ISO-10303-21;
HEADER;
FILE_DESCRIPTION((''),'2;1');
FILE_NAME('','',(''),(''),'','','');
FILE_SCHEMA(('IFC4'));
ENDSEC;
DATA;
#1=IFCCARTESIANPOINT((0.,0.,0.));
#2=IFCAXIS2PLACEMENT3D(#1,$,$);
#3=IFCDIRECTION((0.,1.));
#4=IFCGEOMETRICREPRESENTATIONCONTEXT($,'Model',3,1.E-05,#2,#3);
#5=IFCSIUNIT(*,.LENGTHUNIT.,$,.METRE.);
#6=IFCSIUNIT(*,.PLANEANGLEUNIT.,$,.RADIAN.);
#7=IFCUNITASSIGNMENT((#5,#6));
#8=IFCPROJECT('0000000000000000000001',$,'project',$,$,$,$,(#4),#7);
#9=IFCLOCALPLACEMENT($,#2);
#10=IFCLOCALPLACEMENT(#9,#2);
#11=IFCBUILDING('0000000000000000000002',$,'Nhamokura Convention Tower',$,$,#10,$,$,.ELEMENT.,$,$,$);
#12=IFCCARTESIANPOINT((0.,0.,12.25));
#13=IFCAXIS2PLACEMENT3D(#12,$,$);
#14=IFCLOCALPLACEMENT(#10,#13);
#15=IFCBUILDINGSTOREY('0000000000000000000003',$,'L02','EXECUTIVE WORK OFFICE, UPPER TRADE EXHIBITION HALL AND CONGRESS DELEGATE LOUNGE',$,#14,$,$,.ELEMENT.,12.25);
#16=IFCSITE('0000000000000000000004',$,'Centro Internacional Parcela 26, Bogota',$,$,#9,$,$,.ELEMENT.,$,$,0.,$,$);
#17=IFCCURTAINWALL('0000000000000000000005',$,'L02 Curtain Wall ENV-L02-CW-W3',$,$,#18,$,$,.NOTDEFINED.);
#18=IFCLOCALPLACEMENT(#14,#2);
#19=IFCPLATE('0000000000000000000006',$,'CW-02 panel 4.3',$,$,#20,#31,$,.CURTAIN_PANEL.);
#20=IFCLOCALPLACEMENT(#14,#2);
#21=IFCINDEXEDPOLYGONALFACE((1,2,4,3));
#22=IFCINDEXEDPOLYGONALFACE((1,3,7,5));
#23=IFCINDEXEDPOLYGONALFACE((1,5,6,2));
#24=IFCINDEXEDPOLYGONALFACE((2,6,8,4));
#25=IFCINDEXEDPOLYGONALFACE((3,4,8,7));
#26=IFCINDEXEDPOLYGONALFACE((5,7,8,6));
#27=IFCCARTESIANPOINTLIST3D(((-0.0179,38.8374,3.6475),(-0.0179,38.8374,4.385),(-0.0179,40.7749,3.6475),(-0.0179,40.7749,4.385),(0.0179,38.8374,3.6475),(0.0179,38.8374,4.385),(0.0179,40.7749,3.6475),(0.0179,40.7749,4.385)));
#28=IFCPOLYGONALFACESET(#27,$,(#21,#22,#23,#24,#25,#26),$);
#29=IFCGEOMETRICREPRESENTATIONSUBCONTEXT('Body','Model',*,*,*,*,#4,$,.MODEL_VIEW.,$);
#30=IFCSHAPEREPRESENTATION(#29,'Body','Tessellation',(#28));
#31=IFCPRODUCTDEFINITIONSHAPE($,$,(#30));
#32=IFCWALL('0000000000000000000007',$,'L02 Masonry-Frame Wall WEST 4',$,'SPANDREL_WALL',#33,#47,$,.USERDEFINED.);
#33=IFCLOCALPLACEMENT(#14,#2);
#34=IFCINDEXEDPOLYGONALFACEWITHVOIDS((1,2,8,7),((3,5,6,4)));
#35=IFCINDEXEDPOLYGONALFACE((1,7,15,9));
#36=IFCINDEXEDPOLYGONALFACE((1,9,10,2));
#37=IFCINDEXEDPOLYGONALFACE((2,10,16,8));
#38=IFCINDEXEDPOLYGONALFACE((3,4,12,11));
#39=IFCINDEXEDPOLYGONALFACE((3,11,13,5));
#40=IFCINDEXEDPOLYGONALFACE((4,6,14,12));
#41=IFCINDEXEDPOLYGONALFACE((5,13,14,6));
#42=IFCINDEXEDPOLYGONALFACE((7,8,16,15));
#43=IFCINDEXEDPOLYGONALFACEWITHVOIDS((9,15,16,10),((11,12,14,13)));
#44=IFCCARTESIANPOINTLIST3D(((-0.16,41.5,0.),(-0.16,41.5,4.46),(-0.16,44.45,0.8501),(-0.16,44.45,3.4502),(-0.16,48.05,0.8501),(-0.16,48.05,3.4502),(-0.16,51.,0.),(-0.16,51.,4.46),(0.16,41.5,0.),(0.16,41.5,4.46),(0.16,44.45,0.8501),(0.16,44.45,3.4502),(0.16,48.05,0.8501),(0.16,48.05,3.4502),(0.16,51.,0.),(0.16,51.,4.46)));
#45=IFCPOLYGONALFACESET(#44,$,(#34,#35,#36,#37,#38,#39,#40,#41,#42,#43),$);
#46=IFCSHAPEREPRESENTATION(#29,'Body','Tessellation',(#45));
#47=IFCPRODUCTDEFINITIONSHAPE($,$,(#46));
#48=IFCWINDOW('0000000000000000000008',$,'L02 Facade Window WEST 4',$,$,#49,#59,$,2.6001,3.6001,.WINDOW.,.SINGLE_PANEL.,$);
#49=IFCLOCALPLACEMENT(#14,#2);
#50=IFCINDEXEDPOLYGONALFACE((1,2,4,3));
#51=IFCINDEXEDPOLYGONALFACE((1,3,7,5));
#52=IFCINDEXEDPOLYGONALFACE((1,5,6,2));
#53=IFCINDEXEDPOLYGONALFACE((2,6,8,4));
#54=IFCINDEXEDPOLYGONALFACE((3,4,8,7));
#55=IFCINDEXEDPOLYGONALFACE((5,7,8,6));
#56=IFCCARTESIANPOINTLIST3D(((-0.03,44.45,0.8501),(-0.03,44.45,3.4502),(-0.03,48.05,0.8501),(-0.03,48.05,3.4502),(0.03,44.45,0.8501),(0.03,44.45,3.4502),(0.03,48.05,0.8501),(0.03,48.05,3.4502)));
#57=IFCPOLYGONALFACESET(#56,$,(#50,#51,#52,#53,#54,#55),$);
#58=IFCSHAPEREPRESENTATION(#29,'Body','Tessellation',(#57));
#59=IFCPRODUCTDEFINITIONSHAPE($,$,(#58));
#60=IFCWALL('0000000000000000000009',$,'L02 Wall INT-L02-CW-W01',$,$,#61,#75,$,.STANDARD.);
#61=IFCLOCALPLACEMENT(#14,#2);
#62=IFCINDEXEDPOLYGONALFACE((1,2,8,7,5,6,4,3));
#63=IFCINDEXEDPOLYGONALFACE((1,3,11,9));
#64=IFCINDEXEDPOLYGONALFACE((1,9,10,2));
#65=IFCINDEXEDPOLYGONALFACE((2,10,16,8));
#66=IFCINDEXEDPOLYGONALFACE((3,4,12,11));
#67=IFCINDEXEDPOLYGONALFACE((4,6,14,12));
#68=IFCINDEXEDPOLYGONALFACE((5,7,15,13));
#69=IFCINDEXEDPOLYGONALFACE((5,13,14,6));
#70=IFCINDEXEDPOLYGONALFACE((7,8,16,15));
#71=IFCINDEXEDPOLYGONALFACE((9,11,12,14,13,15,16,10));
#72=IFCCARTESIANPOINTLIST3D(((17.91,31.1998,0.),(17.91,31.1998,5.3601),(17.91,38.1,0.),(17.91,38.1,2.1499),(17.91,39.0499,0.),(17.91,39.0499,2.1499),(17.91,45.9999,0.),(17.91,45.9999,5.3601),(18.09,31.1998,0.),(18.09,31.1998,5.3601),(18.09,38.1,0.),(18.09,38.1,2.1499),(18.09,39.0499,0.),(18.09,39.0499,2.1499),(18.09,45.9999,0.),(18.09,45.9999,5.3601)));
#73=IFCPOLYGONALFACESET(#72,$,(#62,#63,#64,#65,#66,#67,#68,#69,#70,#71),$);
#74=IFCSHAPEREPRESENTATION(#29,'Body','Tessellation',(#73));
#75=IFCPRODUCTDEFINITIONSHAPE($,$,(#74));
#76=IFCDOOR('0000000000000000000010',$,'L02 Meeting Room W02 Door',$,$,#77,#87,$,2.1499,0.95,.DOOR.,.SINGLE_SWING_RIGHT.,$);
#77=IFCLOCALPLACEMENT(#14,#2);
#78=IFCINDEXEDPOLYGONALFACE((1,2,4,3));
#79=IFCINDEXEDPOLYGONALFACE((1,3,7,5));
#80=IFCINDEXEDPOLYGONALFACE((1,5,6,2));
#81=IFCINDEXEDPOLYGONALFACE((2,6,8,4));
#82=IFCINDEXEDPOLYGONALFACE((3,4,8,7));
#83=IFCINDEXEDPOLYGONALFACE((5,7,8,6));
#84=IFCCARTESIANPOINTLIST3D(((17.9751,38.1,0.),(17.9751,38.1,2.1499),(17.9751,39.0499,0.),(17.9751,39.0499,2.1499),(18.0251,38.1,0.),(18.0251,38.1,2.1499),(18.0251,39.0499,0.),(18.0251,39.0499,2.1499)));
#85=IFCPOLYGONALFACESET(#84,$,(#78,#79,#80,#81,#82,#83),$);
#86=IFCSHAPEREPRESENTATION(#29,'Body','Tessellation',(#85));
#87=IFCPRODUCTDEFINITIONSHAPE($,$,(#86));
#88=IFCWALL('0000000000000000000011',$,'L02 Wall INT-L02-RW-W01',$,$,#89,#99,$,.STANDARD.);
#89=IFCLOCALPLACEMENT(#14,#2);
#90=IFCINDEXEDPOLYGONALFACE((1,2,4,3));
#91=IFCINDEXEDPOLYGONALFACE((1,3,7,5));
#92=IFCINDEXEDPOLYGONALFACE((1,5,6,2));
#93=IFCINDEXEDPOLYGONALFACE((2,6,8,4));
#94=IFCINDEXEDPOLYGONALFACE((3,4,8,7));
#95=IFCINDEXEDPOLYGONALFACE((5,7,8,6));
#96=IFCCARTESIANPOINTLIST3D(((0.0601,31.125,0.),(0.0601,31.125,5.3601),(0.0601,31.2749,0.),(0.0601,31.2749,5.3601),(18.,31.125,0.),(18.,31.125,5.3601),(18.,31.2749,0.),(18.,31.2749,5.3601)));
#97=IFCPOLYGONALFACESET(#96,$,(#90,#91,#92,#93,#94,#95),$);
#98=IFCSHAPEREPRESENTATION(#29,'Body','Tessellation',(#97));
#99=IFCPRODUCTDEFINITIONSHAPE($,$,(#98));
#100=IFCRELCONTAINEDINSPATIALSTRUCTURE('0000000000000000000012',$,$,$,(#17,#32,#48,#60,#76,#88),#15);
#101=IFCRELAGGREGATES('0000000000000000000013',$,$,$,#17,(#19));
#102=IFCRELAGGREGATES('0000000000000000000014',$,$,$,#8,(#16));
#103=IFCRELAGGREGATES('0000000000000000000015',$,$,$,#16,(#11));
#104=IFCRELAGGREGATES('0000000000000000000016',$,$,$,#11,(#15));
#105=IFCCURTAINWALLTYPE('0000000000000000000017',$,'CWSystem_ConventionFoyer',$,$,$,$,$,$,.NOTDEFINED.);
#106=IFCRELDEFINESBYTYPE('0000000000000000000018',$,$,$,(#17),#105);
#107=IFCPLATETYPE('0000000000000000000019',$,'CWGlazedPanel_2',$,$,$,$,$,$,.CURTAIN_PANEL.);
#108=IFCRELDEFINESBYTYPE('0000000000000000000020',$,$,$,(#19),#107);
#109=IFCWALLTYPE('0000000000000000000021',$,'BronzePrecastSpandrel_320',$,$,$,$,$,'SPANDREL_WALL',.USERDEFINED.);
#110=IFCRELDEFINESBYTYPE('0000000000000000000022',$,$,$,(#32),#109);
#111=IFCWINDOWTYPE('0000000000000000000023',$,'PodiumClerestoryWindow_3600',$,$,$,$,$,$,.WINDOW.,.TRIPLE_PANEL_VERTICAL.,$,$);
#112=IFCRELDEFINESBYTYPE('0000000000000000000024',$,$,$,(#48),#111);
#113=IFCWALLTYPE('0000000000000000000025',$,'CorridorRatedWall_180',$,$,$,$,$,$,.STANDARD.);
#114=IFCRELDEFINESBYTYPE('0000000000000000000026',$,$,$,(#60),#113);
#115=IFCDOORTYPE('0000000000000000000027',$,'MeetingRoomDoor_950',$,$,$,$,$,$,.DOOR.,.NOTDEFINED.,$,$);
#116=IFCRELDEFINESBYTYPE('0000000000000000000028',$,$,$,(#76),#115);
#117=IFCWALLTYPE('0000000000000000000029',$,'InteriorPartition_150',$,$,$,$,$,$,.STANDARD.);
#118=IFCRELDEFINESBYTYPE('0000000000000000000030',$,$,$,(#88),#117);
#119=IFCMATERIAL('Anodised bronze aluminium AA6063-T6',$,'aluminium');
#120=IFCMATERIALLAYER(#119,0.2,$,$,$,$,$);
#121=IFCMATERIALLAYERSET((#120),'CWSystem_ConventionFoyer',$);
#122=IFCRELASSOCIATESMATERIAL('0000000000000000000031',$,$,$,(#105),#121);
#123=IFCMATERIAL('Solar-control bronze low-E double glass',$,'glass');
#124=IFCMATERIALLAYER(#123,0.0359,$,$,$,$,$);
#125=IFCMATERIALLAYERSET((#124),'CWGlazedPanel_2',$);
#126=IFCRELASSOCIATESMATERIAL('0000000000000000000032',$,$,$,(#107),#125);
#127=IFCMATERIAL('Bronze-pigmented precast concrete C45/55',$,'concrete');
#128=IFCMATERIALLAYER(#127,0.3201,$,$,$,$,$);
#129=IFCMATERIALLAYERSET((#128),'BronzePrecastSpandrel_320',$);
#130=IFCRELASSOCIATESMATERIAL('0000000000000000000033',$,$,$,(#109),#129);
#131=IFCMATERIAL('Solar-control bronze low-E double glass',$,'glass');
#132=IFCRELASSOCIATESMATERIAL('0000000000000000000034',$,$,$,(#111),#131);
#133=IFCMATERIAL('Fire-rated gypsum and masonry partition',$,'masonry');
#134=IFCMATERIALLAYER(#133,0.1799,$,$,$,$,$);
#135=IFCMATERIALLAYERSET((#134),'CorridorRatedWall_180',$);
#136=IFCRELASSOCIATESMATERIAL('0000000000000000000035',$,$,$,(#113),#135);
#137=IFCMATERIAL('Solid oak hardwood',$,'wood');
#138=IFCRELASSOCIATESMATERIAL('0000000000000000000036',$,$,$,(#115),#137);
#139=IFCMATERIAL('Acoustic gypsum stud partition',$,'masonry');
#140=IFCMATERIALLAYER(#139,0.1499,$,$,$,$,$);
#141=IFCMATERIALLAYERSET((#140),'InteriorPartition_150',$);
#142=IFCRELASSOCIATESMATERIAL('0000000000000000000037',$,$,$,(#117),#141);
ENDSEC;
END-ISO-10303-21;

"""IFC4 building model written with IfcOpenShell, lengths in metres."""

from ifc_helpers import new_model, si_unit, direction, frame, frame_2d, origin, origin_2d, place, context, subcontext, project, spatial, rectangle, extrude, material, layer, layer_set, type_object, element, fill, aggregate, save


model = new_model("IFC4")

# Units and contexts
model_context = context("Model", 3, precision=1e-05, world=origin(), true_north=direction((0.0, 1.0)))
body_context = subcontext(model_context, "Body", "Model", "MODEL_VIEW")
ifc_project = project(units=[si_unit("LENGTHUNIT", "METRE"), si_unit("PLANEANGLEUNIT", "RADIAN")], contexts=[model_context])

# Site, building, storey
site_placement = place(None, origin())
site = spatial("IfcSite", under=ifc_project, at=site_placement, Name="Centro Internacional Parcela 26, Bogota", CompositionType="ELEMENT", RefElevation=0.0)
building_placement = place(site_placement, origin())
building = spatial("IfcBuilding", under=site, at=building_placement, Name="Nhamokura Convention Tower", CompositionType="ELEMENT")
storey_placement = place(building_placement, frame((0.0, 0.0, 12.25)))
storey = spatial("IfcBuildingStorey", under=building, at=storey_placement, Name="L02", Description="EXECUTIVE WORK OFFICE, UPPER TRADE EXHIBITION HALL AND CONGRESS DELEGATE LOUNGE", CompositionType="ELEMENT", Elevation=12.25)

# Curtain wall
ifc_material_1 = material(Name="Anodised bronze aluminium AA6063-T6", Category="aluminium")
ifc_layer_1 = layer(ifc_material_1, 0.2)
ifc_layer_set_1 = layer_set([ifc_layer_1], Name="CWSystem_ConventionFoyer")
curtain_wall_type = type_object("IfcCurtainWallType", Name="CWSystem_ConventionFoyer", PredefinedType="NOTDEFINED", material=ifc_layer_set_1)
curtain_wall_placement = place(storey_placement, origin())
curtain_wall = element("IfcCurtainWall", 1, at=curtain_wall_placement, inside=storey, type_object=curtain_wall_type, Name="L02 Curtain Wall ENV-L02-CW-W3", PredefinedType="NOTDEFINED")

# Plate
ifc_material_2 = material(Name="Solar-control bronze low-E double glass", Category="glass")
ifc_layer_2 = layer(ifc_material_2, 0.0359)
ifc_layer_set_2 = layer_set([ifc_layer_2], Name="CWGlazedPanel_2")
plate_type = type_object("IfcPlateType", Name="CWGlazedPanel_2", PredefinedType="CURTAIN_PANEL", material=ifc_layer_set_2)
plate_1_placement = place(storey_placement, frame((0.0, 39.8062, 3.6475), z_axis=(0.0, 0.0, 1.0), x_axis=(0.0, 1.0, 0.0)))
plate_1 = element("IfcPlate", 2, at=plate_1_placement, type_object=plate_type, Name="CW-02 panel 4.3", PredefinedType="CURTAIN_PANEL", context=body_context, shape_type="SweptSolid", body=[
    extrude(rectangle(XDim=1.9375, YDim=0.0359, at=origin_2d()), origin(), (0.0, 0.0, 1.0), 0.7375),
])
aggregate(curtain_wall, [plate_1])

# Wall, opening, window
ifc_material_3 = material(Name="Bronze-pigmented precast concrete C45/55", Category="concrete")
ifc_layer_3 = layer(ifc_material_3, 0.3201)
ifc_layer_set_3 = layer_set([ifc_layer_3], Name="BronzePrecastSpandrel_320")
wall_type_1 = type_object("IfcWallType", Name="BronzePrecastSpandrel_320", ElementType="SPANDREL_WALL", PredefinedType="USERDEFINED", material=ifc_layer_set_3)
wall_1_placement = place(storey_placement, frame((0.0, 41.5, 0.0), z_axis=(0.0, 0.0, 1.0), x_axis=(0.0, 1.0, 0.0)))
wall_1 = element("IfcWall", 3, at=wall_1_placement, inside=storey, type_object=wall_type_1, Name="L02 Masonry-Frame Wall WEST 4", ObjectType="SPANDREL_WALL", PredefinedType="USERDEFINED", context=body_context, shape_type="SweptSolid", body=[
    extrude(rectangle(XDim=9.5, YDim=0.3201, at=frame_2d((4.75, 0.0))), origin(), (0.0, 0.0, 1.0), 4.46),
])
opening_1_placement = place(wall_1_placement, frame((2.95, 0.0, 0.8501)))
opening_1 = element("IfcOpeningElement", 4, at=opening_1_placement, cuts=wall_1, PredefinedType="OPENING", context=body_context, shape_type="SweptSolid", body=[
    extrude(rectangle(XDim=3.6001, YDim=2.6001, at=frame_2d((1.8, 1.3))), frame((0.0, 0.1699, 0.0), z_axis=(0.0, -1.0, 0.0), x_axis=(1.0, 0.0, 0.0)), (0.0, 0.0, 1.0), 0.3401),
])
ifc_material_4 = material(Name="Solar-control bronze low-E double glass", Category="glass")
window_type = type_object("IfcWindowType", Name="PodiumClerestoryWindow_3600", PartitioningType="TRIPLE_PANEL_VERTICAL", PredefinedType="WINDOW", material=ifc_material_4)
window_placement = place(opening_1_placement, origin())
window = element("IfcWindow", 5, at=window_placement, inside=storey, type_object=window_type, Name="L02 Facade Window WEST 4", OverallHeight=2.6001, OverallWidth=3.6001, PartitioningType="SINGLE_PANEL", PredefinedType="WINDOW", context=body_context, shape_type="SweptSolid", body=[
    extrude(rectangle(XDim=3.6001, YDim=2.6001, at=frame_2d((1.8, 1.3))), frame((0.0, 0.03, 0.0), z_axis=(0.0, -1.0, 0.0), x_axis=(1.0, 0.0, 0.0)), (0.0, 0.0, 1.0), 0.0601),
])
fill(opening_1, window)

# Wall, opening, door
ifc_material_5 = material(Name="Fire-rated gypsum and masonry partition", Category="masonry")
ifc_layer_4 = layer(ifc_material_5, 0.1799)
ifc_layer_set_4 = layer_set([ifc_layer_4], Name="CorridorRatedWall_180")
wall_type_2 = type_object("IfcWallType", Name="CorridorRatedWall_180", PredefinedType="STANDARD", material=ifc_layer_set_4)
wall_2_placement = place(storey_placement, frame((18.0, 31.2, 0.0), z_axis=(0.0, 0.0, 1.0), x_axis=(0.0, 1.0, 0.0)))
wall_2 = element("IfcWall", 6, at=wall_2_placement, inside=storey, type_object=wall_type_2, Name="L02 Wall INT-L02-CW-W01", PredefinedType="STANDARD", context=body_context, shape_type="SweptSolid", body=[
    extrude(rectangle(XDim=14.8, YDim=0.1799, at=frame_2d((7.3999, 0.0))), origin(), (0.0, 0.0, 1.0), 5.3601),
])
opening_2_placement = place(wall_2_placement, frame((6.8999, 0.0, 0.0)))
opening_2 = element("IfcOpeningElement", 7, at=opening_2_placement, cuts=wall_2, PredefinedType="OPENING", context=body_context, shape_type="SweptSolid", body=[
    extrude(rectangle(XDim=0.95, YDim=2.1499, at=frame_2d((0.4751, 1.075))), frame((0.0, 0.0999, 0.0), z_axis=(0.0, -1.0, 0.0), x_axis=(1.0, 0.0, 0.0)), (0.0, 0.0, 1.0), 0.2),
])
ifc_material_6 = material(Name="Solid oak hardwood", Category="wood")
door_type = type_object("IfcDoorType", Name="MeetingRoomDoor_950", OperationType="NOTDEFINED", PredefinedType="DOOR", material=ifc_material_6)
door_placement = place(opening_2_placement, origin())
door = element("IfcDoor", 8, at=door_placement, inside=storey, type_object=door_type, Name="L02 Meeting Room W02 Door", OperationType="SINGLE_SWING_RIGHT", OverallHeight=2.1499, OverallWidth=0.95, PredefinedType="DOOR", context=body_context, shape_type="SweptSolid", body=[
    extrude(rectangle(XDim=0.95, YDim=2.1499, at=frame_2d((0.4751, 1.075))), frame((0.0, 0.0249, 0.0), z_axis=(0.0, -1.0, 0.0), x_axis=(1.0, 0.0, 0.0)), (0.0, 0.0, 1.0), 0.05),
])
fill(opening_2, door)

# Wall
ifc_material_7 = material(Name="Acoustic gypsum stud partition", Category="masonry")
ifc_layer_5 = layer(ifc_material_7, 0.1499)
ifc_layer_set_5 = layer_set([ifc_layer_5], Name="InteriorPartition_150")
wall_type_3 = type_object("IfcWallType", Name="InteriorPartition_150", PredefinedType="STANDARD", material=ifc_layer_set_5)
wall_3_placement = place(storey_placement, frame((0.0601, 31.2, 0.0), z_axis=(0.0, 0.0, 1.0), x_axis=(1.0, 0.0, 0.0)))
element("IfcWall", 9, at=wall_3_placement, inside=storey, type_object=wall_type_3, Name="L02 Wall INT-L02-RW-W01", PredefinedType="STANDARD", context=body_context, shape_type="SweptSolid", body=[
    extrude(rectangle(XDim=17.9399, YDim=0.1499, at=frame_2d((8.97, 0.0))), origin(), (0.0, 0.0, 1.0), 5.3601),
])

save(model, "model.ifc")
